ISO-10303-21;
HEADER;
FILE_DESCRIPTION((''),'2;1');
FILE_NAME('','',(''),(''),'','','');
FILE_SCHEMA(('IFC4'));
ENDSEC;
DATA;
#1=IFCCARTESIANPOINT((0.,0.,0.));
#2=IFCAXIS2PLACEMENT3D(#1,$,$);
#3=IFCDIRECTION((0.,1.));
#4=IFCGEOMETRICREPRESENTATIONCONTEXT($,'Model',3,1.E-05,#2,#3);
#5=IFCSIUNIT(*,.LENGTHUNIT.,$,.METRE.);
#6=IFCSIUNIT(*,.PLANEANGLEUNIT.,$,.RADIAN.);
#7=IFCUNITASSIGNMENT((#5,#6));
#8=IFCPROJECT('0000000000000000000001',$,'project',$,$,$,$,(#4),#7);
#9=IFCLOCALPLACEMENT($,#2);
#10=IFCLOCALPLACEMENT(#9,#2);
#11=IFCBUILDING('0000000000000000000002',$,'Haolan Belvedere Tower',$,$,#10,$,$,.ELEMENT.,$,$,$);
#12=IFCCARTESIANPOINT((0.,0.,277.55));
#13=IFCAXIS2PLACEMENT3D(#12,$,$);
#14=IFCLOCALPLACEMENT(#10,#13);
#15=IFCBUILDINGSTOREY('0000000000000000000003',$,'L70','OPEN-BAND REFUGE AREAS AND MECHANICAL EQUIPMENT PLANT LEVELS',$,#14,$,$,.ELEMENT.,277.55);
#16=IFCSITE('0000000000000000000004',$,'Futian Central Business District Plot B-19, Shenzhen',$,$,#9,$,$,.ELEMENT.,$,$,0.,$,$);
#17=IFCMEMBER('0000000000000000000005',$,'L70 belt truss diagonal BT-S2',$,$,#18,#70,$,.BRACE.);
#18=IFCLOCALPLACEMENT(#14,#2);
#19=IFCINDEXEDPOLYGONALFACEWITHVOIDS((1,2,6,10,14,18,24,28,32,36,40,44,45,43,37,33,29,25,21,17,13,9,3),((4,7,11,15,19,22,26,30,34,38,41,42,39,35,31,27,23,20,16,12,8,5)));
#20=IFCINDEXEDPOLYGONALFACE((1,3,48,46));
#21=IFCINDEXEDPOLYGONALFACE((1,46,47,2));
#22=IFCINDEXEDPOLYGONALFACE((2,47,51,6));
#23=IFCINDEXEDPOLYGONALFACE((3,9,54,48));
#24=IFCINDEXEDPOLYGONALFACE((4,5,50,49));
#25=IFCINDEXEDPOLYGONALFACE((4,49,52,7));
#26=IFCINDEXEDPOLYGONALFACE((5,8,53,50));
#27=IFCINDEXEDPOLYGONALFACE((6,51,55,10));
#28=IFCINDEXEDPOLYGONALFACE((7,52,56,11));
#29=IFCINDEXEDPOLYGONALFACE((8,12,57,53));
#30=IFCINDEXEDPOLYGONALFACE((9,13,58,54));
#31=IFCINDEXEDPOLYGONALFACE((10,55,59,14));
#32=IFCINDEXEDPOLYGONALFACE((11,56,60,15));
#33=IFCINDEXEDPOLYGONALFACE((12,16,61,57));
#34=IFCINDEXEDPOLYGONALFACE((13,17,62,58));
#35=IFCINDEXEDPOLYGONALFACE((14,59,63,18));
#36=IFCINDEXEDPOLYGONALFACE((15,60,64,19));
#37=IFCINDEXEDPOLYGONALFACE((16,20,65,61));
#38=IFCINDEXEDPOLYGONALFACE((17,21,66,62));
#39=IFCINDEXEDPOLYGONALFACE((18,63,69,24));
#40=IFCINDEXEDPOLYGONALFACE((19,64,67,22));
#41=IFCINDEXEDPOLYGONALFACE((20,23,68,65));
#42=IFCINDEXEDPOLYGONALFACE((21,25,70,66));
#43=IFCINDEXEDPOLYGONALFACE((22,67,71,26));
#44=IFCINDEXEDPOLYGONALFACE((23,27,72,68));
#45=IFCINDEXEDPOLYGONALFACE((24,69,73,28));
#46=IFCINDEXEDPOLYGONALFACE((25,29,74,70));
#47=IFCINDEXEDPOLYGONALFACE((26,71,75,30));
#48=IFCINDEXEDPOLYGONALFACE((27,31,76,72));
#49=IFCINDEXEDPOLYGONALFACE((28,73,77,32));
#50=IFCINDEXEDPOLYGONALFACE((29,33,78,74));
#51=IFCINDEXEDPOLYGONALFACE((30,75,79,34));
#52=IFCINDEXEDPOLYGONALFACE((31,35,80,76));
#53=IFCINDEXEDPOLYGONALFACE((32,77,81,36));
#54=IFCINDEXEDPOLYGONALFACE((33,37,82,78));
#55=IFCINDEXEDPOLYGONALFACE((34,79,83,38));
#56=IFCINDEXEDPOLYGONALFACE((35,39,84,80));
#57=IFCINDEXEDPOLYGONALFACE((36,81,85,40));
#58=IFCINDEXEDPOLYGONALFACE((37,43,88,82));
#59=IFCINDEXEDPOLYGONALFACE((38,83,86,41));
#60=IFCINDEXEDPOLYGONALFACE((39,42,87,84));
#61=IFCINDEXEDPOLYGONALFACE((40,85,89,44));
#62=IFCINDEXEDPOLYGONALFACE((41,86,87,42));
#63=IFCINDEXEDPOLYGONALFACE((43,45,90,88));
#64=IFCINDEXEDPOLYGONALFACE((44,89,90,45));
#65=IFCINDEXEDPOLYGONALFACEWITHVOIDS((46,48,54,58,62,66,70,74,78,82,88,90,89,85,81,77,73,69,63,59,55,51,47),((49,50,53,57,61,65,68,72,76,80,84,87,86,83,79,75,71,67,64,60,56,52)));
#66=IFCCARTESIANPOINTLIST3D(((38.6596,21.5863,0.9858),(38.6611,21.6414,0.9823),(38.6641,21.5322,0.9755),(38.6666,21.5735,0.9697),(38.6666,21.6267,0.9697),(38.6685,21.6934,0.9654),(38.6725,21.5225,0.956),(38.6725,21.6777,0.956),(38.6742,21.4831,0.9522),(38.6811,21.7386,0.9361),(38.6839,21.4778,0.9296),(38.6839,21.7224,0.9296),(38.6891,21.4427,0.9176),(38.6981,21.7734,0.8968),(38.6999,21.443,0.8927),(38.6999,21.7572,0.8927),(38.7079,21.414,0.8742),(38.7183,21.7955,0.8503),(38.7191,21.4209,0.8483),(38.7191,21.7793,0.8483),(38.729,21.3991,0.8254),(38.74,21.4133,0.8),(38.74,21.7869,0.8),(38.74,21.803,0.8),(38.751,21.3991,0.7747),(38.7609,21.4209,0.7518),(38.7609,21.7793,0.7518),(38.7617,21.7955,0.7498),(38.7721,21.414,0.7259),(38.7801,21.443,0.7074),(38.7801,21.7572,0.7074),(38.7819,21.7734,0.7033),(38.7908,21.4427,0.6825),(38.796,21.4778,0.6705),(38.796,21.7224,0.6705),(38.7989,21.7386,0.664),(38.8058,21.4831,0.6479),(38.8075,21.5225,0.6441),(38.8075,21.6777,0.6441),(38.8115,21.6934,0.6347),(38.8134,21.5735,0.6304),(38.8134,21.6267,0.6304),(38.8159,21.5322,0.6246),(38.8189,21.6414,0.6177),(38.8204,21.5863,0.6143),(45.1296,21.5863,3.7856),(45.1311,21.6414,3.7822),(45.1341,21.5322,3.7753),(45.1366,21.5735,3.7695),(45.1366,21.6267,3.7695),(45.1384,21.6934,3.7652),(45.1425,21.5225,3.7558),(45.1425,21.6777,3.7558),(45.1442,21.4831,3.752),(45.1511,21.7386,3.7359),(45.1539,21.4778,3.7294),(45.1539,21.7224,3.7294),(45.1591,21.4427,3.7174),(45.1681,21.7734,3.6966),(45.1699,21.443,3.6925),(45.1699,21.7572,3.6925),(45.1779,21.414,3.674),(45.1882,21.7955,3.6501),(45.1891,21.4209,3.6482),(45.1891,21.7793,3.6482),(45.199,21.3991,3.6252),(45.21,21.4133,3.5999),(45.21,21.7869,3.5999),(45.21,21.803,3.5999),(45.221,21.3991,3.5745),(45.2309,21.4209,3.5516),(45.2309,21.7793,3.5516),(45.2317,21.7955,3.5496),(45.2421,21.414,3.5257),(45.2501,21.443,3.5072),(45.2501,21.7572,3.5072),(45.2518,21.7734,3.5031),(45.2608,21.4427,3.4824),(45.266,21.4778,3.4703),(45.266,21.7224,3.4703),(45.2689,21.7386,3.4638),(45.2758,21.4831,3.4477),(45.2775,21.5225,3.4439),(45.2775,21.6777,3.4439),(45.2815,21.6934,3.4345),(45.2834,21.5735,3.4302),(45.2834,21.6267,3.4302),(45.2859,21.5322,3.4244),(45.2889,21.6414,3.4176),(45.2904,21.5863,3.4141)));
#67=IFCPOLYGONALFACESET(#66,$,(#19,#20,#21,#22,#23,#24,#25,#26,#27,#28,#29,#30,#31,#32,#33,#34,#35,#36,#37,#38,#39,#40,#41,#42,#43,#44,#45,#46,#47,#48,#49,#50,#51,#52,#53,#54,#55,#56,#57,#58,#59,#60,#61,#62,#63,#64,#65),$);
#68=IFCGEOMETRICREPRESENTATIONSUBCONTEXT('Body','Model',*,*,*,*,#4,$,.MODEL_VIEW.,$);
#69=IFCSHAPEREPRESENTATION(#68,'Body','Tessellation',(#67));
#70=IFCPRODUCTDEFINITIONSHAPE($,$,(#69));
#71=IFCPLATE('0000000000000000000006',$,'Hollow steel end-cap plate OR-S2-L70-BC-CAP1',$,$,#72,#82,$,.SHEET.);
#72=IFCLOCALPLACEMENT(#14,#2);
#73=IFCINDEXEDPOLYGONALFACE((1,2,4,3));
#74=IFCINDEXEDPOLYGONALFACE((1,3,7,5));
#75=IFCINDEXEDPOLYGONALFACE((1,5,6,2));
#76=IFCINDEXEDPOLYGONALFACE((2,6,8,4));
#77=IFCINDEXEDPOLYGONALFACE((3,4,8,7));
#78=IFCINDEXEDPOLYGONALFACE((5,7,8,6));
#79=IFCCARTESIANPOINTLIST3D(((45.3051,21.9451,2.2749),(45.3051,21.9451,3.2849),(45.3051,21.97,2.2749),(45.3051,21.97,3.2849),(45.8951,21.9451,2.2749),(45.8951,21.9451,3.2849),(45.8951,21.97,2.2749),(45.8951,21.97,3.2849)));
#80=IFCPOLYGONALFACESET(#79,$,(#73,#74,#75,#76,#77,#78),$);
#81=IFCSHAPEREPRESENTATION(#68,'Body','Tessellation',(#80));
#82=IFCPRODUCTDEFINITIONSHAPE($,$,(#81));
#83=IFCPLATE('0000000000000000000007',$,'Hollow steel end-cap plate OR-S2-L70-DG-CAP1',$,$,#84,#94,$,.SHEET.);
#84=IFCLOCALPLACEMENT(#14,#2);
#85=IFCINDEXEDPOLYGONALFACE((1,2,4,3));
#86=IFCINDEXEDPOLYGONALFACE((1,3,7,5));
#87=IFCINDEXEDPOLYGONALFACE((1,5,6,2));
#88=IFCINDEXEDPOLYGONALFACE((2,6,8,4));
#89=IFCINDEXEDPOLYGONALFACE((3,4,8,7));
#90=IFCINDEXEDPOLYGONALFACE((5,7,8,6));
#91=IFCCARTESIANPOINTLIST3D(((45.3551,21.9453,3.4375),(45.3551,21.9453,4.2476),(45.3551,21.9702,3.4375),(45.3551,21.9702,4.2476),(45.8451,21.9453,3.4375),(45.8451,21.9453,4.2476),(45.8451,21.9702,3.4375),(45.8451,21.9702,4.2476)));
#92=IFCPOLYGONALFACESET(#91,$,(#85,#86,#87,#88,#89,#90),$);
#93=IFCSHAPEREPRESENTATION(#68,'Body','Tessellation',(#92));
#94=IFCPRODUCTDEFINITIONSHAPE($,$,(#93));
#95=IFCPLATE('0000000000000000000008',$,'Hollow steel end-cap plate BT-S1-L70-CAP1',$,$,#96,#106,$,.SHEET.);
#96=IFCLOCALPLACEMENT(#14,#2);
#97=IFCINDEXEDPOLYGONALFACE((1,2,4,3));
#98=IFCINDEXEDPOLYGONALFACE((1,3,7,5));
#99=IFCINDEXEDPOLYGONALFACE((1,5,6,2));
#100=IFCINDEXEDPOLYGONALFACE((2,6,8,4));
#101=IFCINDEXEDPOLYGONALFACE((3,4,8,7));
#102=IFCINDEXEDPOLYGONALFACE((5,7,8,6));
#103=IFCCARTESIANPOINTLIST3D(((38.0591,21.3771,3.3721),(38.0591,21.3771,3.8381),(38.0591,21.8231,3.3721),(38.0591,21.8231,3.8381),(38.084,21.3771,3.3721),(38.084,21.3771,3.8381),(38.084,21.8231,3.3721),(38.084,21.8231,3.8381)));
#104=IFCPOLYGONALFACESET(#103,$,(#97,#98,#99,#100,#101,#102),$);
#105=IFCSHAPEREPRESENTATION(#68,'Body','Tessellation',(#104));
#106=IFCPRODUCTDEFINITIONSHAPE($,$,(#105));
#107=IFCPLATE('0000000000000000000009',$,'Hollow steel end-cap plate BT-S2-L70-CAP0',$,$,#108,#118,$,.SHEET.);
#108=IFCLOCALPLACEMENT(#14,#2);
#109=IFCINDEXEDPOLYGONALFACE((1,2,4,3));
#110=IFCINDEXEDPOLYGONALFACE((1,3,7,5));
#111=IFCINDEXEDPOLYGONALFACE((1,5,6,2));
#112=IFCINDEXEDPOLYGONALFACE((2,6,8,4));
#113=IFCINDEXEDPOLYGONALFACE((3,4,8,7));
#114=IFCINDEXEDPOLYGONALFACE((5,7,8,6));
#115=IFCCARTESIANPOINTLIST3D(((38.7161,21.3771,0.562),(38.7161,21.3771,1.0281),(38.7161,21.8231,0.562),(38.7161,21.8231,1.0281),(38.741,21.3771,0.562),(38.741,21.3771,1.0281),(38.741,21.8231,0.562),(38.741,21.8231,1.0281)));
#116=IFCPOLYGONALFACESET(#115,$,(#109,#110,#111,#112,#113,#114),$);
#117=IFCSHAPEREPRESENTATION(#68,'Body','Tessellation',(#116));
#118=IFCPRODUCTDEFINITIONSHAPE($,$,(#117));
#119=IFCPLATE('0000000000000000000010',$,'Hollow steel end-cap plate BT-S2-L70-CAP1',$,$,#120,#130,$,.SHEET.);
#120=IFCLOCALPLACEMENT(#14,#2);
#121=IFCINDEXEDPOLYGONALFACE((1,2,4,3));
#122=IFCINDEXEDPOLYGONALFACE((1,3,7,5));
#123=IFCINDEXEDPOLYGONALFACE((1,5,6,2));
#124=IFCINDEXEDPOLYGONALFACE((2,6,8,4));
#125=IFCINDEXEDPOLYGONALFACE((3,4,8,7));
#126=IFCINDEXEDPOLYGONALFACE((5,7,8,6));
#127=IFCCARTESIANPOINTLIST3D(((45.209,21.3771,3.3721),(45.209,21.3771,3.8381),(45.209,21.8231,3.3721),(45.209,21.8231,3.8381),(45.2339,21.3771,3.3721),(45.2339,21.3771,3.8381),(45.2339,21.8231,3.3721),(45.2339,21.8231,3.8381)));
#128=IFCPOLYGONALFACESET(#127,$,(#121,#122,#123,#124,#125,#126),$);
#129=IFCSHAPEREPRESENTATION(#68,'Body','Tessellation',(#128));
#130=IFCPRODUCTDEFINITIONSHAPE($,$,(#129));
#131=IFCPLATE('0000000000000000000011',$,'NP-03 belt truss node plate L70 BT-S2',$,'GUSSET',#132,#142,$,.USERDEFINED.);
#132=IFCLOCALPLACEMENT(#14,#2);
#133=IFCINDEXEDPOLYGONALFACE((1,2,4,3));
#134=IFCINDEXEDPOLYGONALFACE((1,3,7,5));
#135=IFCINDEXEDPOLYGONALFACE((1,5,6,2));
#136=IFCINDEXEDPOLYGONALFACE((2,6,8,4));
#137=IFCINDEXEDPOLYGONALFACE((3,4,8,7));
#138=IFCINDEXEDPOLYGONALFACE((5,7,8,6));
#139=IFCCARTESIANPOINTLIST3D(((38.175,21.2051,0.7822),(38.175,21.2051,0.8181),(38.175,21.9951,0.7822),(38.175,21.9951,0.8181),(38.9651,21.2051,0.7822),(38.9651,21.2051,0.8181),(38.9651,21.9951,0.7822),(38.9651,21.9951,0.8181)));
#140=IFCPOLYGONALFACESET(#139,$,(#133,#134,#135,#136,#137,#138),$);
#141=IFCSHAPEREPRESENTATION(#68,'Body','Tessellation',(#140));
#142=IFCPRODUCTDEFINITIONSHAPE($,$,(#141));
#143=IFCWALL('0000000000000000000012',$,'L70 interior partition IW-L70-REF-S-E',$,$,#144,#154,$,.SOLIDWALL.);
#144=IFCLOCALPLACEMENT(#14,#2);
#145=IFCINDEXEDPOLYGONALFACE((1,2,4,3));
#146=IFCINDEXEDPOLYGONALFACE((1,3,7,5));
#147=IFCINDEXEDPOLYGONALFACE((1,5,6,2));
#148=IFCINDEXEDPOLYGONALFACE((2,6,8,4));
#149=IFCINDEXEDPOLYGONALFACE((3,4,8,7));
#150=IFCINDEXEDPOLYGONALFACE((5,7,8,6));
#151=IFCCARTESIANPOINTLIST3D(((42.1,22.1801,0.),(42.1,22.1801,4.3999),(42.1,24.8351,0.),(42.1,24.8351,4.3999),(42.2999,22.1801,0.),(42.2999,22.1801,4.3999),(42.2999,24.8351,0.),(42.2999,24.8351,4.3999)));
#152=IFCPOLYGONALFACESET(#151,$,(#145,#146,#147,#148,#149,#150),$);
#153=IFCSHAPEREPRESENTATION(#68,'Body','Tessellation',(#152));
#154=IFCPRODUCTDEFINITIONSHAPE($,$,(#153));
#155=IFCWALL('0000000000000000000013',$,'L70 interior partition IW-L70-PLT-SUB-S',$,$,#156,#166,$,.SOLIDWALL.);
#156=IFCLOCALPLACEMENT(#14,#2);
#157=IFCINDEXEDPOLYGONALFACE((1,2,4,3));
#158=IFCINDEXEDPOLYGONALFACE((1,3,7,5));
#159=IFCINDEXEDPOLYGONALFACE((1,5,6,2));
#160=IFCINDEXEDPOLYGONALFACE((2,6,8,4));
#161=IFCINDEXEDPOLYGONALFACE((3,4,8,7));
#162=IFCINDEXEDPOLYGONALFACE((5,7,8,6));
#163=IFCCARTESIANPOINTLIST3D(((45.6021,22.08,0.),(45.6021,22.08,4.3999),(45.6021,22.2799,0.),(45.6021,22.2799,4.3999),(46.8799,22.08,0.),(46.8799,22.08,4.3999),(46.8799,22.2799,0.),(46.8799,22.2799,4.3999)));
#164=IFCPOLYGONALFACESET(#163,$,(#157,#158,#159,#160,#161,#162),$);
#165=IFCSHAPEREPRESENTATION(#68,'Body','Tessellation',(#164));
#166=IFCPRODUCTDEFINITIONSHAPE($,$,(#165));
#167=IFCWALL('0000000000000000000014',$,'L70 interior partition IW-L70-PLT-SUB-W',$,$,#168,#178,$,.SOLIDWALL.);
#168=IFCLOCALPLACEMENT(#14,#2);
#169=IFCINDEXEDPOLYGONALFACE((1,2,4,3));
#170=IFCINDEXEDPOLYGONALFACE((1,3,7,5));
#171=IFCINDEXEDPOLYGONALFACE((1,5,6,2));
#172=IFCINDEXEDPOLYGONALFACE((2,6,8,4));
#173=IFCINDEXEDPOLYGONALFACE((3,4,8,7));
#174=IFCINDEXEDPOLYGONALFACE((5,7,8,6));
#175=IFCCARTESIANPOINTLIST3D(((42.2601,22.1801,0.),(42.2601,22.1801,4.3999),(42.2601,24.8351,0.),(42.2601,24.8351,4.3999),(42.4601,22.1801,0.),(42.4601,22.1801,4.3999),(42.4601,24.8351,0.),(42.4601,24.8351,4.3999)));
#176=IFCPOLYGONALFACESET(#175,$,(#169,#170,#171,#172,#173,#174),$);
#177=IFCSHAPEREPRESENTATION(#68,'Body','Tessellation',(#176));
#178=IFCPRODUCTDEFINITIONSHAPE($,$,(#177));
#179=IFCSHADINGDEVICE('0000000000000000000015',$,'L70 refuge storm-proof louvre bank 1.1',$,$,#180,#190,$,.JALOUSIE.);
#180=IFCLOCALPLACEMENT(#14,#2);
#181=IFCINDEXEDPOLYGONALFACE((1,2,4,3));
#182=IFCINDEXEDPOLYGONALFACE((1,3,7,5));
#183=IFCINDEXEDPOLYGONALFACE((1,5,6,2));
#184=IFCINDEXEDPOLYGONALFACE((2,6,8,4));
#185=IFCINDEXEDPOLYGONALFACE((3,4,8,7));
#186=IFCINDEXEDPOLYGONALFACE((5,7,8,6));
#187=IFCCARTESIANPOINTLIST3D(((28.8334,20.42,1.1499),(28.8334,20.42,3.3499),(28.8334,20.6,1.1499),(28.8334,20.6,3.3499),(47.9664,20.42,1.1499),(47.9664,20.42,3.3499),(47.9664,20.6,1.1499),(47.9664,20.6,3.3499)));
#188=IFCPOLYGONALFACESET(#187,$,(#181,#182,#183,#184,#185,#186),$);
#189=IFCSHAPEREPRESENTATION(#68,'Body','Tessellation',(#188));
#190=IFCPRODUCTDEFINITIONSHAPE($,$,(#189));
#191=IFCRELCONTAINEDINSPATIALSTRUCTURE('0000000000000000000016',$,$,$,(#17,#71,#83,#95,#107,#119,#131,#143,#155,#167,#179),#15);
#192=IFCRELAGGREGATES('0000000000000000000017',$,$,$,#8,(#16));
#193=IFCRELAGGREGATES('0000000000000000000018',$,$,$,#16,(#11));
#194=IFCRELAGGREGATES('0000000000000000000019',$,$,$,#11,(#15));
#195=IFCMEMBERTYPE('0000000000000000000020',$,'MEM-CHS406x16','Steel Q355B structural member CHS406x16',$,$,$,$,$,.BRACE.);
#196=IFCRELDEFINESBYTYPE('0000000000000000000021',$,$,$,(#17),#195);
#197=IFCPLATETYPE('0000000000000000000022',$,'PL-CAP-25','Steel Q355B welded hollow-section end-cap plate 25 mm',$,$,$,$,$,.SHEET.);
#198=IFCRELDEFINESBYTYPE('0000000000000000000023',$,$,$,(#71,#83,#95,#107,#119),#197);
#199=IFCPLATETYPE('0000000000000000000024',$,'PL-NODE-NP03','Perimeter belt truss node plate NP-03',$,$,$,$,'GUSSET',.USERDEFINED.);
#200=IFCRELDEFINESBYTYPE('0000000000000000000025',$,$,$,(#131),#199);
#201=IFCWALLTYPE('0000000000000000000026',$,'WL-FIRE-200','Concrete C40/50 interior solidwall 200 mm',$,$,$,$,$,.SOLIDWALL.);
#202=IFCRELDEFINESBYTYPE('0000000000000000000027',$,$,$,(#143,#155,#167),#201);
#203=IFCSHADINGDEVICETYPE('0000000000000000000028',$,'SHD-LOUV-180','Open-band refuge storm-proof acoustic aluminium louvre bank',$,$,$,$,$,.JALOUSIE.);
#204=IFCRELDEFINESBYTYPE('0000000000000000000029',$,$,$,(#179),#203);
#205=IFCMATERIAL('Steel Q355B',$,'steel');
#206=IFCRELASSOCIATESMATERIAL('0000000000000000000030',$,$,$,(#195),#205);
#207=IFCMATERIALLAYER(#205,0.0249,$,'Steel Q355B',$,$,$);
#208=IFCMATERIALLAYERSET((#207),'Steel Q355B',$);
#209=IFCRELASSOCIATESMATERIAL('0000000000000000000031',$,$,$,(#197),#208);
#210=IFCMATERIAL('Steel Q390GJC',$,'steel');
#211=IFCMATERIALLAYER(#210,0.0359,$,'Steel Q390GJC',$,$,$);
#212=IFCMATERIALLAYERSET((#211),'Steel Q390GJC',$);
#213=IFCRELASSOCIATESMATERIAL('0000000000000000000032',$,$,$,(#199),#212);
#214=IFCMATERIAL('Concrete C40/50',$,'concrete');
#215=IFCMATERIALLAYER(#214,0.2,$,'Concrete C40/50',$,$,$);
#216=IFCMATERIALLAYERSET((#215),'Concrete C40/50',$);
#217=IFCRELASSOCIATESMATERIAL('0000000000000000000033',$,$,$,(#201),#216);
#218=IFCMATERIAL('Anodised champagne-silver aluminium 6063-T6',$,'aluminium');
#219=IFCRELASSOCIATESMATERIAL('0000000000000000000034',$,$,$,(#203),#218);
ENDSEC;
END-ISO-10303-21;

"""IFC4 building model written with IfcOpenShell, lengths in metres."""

from ifc_helpers import new_model, si_unit, direction, frame, frame_2d, origin, origin_2d, place, context, subcontext, project, spatial, rectangle, hollow_circle, extrude, material, layer, layer_set, material_profile, profile_set, type_object, element, save


model = new_model("IFC4")

# Units and contexts
model_context = context("Model", 3, precision=1e-05, world=origin(), true_north=direction((0.0, 1.0)))
body_context = subcontext(model_context, "Body", "Model", "MODEL_VIEW")
ifc_project = project(units=[si_unit("LENGTHUNIT", "METRE"), si_unit("PLANEANGLEUNIT", "RADIAN")], contexts=[model_context])

# Site, building, storey
site_placement = place(None, origin())
site = spatial("IfcSite", under=ifc_project, at=site_placement, Name="Futian Central Business District Plot B-19, Shenzhen", CompositionType="ELEMENT", RefElevation=0.0)
building_placement = place(site_placement, origin())
building = spatial("IfcBuilding", under=site, at=building_placement, Name="Haolan Belvedere Tower", CompositionType="ELEMENT")
storey_placement = place(building_placement, frame((0.0, 0.0, 277.55)))
storey = spatial("IfcBuildingStorey", under=building, at=storey_placement, Name="L70", Description="OPEN-BAND REFUGE AREAS AND MECHANICAL EQUIPMENT PLANT LEVELS", CompositionType="ELEMENT", Elevation=277.55)

# Shared definitions
ifc_material_1 = material(Name="Steel Q390GJC", Category="steel")

# Shared definitions
ifc_material_2 = material(Name="Steel Q355B", Category="steel")

# Member
ifc_material_profile_1 = material_profile(ifc_material_2, hollow_circle(Radius=0.2029, WallThickness=0.0161, at=origin_2d()), Name="Steel Q355B")
ifc_profile_set_1 = profile_set([ifc_material_profile_1], Name="Steel Q355B")
member_type = type_object("IfcMemberType", Name="MEM-CHS406x16", Description="Steel Q355B structural member CHS406x16", PredefinedType="BRACE", material=ifc_profile_set_1)
member_placement = place(storey_placement, frame((38.74, 21.6001, 0.8), z_axis=(0.917755, 0.0, 0.397148), x_axis=(0.0, 1.0, 0.0)))
element("IfcMember", 1, at=member_placement, inside=storey, type_object=member_type, Name="L70 belt truss diagonal BT-S2", PredefinedType="BRACE", context=body_context, shape_type="SweptSolid", body=[
    extrude(hollow_circle(Radius=0.2029, WallThickness=0.0161, at=origin_2d()), origin(), (0.0, 0.0, 1.0), 7.0498),
])

# Plates
ifc_layer_1 = layer(ifc_material_2, 0.0249, Name="Steel Q355B")
ifc_layer_set_1 = layer_set([ifc_layer_1], Name="Steel Q355B")
plate_type_1 = type_object("IfcPlateType", Name="PL-CAP-25", Description="Steel Q355B welded hollow-section end-cap plate 25 mm", PredefinedType="SHEET", material=ifc_layer_set_1)
plate_1_placement = place(storey_placement, frame((45.6001, 21.9575, 2.2749), z_axis=(0.0, 0.0, 1.0), x_axis=(1.0, 0.0, 0.0)))
element("IfcPlate", 2, at=plate_1_placement, inside=storey, type_object=plate_type_1, Name="Hollow steel end-cap plate OR-S2-L70-BC-CAP1", PredefinedType="SHEET", context=body_context, shape_type="SweptSolid", body=[
    extrude(rectangle(XDim=0.5901, YDim=0.0249, at=origin_2d()), origin(), (0.0, 0.0, 1.0), 1.01),
])
plate_2_placement = place(storey_placement, frame((45.6001, 21.9578, 3.4375), z_axis=(0.0, 0.0, 1.0), x_axis=(1.0, 0.0, 0.0)))
element("IfcPlate", 3, at=plate_2_placement, inside=storey, type_object=plate_type_1, Name="Hollow steel end-cap plate OR-S2-L70-DG-CAP1", PredefinedType="SHEET", context=body_context, shape_type="SweptSolid", body=[
    extrude(rectangle(XDim=0.49, YDim=0.0249, at=origin_2d()), origin(), (0.0, 0.0, 1.0), 0.8101),
])
for number, where, z_axis, x_axis, name in (
    (4, (38.0715, 21.6001, 3.3721), (0.0, 0.0, 1.0), (0.0, 1.0, 0.0), "Hollow steel end-cap plate BT-S1-L70-CAP1"),
    (5, (38.7285, 21.6001, 0.562), (0.0, 0.0, 1.0), (0.0, -1.0, 0.0), "Hollow steel end-cap plate BT-S2-L70-CAP0"),
    (6, (45.2214, 21.6001, 3.3721), (0.0, 0.0, 1.0), (0.0, 1.0, 0.0), "Hollow steel end-cap plate BT-S2-L70-CAP1"),
):
    element("IfcPlate", number, at=place(storey_placement, frame(where, z_axis=z_axis, x_axis=x_axis)), inside=storey, type_object=plate_type_1, Name=name, PredefinedType="SHEET", context=body_context, shape_type="SweptSolid", body=[
        extrude(rectangle(XDim=0.446, YDim=0.0249, at=origin_2d()), origin(), (0.0, 0.0, 1.0), 0.4661),
    ])
ifc_layer_2 = layer(ifc_material_1, 0.0359, Name="Steel Q390GJC")
ifc_layer_set_2 = layer_set([ifc_layer_2], Name="Steel Q390GJC")
plate_type_2 = type_object("IfcPlateType", Name="PL-NODE-NP03", Description="Perimeter belt truss node plate NP-03", ElementType="GUSSET", PredefinedType="USERDEFINED", material=ifc_layer_set_2)
plate_3_placement = place(storey_placement, frame((38.5701, 21.6001, 0.7822), z_axis=(0.0, 0.0, 1.0), x_axis=(1.0, 0.0, 0.0)))
element("IfcPlate", 7, at=plate_3_placement, inside=storey, type_object=plate_type_2, Name="NP-03 belt truss node plate L70 BT-S2", ObjectType="GUSSET", PredefinedType="USERDEFINED", context=body_context, shape_type="SweptSolid", body=[
    extrude(rectangle(XDim=0.79, YDim=0.79, at=origin_2d()), origin(), (0.0, 0.0, 1.0), 0.0359),
])

# Walls
ifc_material_3 = material(Name="Concrete C40/50", Category="concrete")
ifc_layer_3 = layer(ifc_material_3, 0.2, Name="Concrete C40/50")
ifc_layer_set_3 = layer_set([ifc_layer_3], Name="Concrete C40/50")
wall_type = type_object("IfcWallType", Name="WL-FIRE-200", Description="Concrete C40/50 interior solidwall 200 mm", PredefinedType="SOLIDWALL", material=ifc_layer_set_3)
wall_1_placement = place(storey_placement, frame((42.2, 22.1799, 0.0), z_axis=(0.0, 0.0, 1.0), x_axis=(0.0, 1.0, 0.0)))
element("IfcWall", 8, at=wall_1_placement, inside=storey, type_object=wall_type, Name="L70 interior partition IW-L70-REF-S-E", PredefinedType="SOLIDWALL", context=body_context, shape_type="SweptSolid", body=[
    extrude(rectangle(XDim=2.655, YDim=0.2, at=frame_2d((1.3276, 0.0))), origin(), (0.0, 0.0, 1.0), 4.3999),
])
wall_2_placement = place(storey_placement, frame((45.6021, 22.1799, 0.0), z_axis=(0.0, 0.0, 1.0), x_axis=(1.0, 0.0, 0.0)))
element("IfcWall", 9, at=wall_2_placement, inside=storey, type_object=wall_type, Name="L70 interior partition IW-L70-PLT-SUB-S", PredefinedType="SOLIDWALL", context=body_context, shape_type="SweptSolid", body=[
    extrude(rectangle(XDim=1.2778, YDim=0.2, at=frame_2d((0.6389, 0.0))), origin(), (0.0, 0.0, 1.0), 4.3999),
])
wall_3_placement = place(storey_placement, frame((42.3601, 22.1799, 0.0), z_axis=(0.0, 0.0, 1.0), x_axis=(0.0, 1.0, 0.0)))
element("IfcWall", 10, at=wall_3_placement, inside=storey, type_object=wall_type, Name="L70 interior partition IW-L70-PLT-SUB-W", PredefinedType="SOLIDWALL", context=body_context, shape_type="SweptSolid", body=[
    extrude(rectangle(XDim=2.655, YDim=0.2, at=frame_2d((1.3276, 0.0))), origin(), (0.0, 0.0, 1.0), 4.3999),
])

# Shading device
ifc_material_4 = material(Name="Anodised champagne-silver aluminium 6063-T6", Category="aluminium")
shading_device_type = type_object("IfcShadingDeviceType", Name="SHD-LOUV-180", Description="Open-band refuge storm-proof acoustic aluminium louvre bank", PredefinedType="JALOUSIE", material=ifc_material_4)
shading_device_placement = place(storey_placement, frame((38.3999, 20.51, 1.1499), z_axis=(0.0, 0.0, 1.0), x_axis=(1.0, 0.0, 0.0)))
element("IfcShadingDevice", 11, at=shading_device_placement, inside=storey, type_object=shading_device_type, Name="L70 refuge storm-proof louvre bank 1.1", PredefinedType="JALOUSIE", context=body_context, shape_type="SweptSolid", body=[
    extrude(rectangle(XDim=19.1331, YDim=0.1799, at=origin_2d()), origin(), (0.0, 0.0, 1.0), 2.2),
])

save(model, "model.ifc")
